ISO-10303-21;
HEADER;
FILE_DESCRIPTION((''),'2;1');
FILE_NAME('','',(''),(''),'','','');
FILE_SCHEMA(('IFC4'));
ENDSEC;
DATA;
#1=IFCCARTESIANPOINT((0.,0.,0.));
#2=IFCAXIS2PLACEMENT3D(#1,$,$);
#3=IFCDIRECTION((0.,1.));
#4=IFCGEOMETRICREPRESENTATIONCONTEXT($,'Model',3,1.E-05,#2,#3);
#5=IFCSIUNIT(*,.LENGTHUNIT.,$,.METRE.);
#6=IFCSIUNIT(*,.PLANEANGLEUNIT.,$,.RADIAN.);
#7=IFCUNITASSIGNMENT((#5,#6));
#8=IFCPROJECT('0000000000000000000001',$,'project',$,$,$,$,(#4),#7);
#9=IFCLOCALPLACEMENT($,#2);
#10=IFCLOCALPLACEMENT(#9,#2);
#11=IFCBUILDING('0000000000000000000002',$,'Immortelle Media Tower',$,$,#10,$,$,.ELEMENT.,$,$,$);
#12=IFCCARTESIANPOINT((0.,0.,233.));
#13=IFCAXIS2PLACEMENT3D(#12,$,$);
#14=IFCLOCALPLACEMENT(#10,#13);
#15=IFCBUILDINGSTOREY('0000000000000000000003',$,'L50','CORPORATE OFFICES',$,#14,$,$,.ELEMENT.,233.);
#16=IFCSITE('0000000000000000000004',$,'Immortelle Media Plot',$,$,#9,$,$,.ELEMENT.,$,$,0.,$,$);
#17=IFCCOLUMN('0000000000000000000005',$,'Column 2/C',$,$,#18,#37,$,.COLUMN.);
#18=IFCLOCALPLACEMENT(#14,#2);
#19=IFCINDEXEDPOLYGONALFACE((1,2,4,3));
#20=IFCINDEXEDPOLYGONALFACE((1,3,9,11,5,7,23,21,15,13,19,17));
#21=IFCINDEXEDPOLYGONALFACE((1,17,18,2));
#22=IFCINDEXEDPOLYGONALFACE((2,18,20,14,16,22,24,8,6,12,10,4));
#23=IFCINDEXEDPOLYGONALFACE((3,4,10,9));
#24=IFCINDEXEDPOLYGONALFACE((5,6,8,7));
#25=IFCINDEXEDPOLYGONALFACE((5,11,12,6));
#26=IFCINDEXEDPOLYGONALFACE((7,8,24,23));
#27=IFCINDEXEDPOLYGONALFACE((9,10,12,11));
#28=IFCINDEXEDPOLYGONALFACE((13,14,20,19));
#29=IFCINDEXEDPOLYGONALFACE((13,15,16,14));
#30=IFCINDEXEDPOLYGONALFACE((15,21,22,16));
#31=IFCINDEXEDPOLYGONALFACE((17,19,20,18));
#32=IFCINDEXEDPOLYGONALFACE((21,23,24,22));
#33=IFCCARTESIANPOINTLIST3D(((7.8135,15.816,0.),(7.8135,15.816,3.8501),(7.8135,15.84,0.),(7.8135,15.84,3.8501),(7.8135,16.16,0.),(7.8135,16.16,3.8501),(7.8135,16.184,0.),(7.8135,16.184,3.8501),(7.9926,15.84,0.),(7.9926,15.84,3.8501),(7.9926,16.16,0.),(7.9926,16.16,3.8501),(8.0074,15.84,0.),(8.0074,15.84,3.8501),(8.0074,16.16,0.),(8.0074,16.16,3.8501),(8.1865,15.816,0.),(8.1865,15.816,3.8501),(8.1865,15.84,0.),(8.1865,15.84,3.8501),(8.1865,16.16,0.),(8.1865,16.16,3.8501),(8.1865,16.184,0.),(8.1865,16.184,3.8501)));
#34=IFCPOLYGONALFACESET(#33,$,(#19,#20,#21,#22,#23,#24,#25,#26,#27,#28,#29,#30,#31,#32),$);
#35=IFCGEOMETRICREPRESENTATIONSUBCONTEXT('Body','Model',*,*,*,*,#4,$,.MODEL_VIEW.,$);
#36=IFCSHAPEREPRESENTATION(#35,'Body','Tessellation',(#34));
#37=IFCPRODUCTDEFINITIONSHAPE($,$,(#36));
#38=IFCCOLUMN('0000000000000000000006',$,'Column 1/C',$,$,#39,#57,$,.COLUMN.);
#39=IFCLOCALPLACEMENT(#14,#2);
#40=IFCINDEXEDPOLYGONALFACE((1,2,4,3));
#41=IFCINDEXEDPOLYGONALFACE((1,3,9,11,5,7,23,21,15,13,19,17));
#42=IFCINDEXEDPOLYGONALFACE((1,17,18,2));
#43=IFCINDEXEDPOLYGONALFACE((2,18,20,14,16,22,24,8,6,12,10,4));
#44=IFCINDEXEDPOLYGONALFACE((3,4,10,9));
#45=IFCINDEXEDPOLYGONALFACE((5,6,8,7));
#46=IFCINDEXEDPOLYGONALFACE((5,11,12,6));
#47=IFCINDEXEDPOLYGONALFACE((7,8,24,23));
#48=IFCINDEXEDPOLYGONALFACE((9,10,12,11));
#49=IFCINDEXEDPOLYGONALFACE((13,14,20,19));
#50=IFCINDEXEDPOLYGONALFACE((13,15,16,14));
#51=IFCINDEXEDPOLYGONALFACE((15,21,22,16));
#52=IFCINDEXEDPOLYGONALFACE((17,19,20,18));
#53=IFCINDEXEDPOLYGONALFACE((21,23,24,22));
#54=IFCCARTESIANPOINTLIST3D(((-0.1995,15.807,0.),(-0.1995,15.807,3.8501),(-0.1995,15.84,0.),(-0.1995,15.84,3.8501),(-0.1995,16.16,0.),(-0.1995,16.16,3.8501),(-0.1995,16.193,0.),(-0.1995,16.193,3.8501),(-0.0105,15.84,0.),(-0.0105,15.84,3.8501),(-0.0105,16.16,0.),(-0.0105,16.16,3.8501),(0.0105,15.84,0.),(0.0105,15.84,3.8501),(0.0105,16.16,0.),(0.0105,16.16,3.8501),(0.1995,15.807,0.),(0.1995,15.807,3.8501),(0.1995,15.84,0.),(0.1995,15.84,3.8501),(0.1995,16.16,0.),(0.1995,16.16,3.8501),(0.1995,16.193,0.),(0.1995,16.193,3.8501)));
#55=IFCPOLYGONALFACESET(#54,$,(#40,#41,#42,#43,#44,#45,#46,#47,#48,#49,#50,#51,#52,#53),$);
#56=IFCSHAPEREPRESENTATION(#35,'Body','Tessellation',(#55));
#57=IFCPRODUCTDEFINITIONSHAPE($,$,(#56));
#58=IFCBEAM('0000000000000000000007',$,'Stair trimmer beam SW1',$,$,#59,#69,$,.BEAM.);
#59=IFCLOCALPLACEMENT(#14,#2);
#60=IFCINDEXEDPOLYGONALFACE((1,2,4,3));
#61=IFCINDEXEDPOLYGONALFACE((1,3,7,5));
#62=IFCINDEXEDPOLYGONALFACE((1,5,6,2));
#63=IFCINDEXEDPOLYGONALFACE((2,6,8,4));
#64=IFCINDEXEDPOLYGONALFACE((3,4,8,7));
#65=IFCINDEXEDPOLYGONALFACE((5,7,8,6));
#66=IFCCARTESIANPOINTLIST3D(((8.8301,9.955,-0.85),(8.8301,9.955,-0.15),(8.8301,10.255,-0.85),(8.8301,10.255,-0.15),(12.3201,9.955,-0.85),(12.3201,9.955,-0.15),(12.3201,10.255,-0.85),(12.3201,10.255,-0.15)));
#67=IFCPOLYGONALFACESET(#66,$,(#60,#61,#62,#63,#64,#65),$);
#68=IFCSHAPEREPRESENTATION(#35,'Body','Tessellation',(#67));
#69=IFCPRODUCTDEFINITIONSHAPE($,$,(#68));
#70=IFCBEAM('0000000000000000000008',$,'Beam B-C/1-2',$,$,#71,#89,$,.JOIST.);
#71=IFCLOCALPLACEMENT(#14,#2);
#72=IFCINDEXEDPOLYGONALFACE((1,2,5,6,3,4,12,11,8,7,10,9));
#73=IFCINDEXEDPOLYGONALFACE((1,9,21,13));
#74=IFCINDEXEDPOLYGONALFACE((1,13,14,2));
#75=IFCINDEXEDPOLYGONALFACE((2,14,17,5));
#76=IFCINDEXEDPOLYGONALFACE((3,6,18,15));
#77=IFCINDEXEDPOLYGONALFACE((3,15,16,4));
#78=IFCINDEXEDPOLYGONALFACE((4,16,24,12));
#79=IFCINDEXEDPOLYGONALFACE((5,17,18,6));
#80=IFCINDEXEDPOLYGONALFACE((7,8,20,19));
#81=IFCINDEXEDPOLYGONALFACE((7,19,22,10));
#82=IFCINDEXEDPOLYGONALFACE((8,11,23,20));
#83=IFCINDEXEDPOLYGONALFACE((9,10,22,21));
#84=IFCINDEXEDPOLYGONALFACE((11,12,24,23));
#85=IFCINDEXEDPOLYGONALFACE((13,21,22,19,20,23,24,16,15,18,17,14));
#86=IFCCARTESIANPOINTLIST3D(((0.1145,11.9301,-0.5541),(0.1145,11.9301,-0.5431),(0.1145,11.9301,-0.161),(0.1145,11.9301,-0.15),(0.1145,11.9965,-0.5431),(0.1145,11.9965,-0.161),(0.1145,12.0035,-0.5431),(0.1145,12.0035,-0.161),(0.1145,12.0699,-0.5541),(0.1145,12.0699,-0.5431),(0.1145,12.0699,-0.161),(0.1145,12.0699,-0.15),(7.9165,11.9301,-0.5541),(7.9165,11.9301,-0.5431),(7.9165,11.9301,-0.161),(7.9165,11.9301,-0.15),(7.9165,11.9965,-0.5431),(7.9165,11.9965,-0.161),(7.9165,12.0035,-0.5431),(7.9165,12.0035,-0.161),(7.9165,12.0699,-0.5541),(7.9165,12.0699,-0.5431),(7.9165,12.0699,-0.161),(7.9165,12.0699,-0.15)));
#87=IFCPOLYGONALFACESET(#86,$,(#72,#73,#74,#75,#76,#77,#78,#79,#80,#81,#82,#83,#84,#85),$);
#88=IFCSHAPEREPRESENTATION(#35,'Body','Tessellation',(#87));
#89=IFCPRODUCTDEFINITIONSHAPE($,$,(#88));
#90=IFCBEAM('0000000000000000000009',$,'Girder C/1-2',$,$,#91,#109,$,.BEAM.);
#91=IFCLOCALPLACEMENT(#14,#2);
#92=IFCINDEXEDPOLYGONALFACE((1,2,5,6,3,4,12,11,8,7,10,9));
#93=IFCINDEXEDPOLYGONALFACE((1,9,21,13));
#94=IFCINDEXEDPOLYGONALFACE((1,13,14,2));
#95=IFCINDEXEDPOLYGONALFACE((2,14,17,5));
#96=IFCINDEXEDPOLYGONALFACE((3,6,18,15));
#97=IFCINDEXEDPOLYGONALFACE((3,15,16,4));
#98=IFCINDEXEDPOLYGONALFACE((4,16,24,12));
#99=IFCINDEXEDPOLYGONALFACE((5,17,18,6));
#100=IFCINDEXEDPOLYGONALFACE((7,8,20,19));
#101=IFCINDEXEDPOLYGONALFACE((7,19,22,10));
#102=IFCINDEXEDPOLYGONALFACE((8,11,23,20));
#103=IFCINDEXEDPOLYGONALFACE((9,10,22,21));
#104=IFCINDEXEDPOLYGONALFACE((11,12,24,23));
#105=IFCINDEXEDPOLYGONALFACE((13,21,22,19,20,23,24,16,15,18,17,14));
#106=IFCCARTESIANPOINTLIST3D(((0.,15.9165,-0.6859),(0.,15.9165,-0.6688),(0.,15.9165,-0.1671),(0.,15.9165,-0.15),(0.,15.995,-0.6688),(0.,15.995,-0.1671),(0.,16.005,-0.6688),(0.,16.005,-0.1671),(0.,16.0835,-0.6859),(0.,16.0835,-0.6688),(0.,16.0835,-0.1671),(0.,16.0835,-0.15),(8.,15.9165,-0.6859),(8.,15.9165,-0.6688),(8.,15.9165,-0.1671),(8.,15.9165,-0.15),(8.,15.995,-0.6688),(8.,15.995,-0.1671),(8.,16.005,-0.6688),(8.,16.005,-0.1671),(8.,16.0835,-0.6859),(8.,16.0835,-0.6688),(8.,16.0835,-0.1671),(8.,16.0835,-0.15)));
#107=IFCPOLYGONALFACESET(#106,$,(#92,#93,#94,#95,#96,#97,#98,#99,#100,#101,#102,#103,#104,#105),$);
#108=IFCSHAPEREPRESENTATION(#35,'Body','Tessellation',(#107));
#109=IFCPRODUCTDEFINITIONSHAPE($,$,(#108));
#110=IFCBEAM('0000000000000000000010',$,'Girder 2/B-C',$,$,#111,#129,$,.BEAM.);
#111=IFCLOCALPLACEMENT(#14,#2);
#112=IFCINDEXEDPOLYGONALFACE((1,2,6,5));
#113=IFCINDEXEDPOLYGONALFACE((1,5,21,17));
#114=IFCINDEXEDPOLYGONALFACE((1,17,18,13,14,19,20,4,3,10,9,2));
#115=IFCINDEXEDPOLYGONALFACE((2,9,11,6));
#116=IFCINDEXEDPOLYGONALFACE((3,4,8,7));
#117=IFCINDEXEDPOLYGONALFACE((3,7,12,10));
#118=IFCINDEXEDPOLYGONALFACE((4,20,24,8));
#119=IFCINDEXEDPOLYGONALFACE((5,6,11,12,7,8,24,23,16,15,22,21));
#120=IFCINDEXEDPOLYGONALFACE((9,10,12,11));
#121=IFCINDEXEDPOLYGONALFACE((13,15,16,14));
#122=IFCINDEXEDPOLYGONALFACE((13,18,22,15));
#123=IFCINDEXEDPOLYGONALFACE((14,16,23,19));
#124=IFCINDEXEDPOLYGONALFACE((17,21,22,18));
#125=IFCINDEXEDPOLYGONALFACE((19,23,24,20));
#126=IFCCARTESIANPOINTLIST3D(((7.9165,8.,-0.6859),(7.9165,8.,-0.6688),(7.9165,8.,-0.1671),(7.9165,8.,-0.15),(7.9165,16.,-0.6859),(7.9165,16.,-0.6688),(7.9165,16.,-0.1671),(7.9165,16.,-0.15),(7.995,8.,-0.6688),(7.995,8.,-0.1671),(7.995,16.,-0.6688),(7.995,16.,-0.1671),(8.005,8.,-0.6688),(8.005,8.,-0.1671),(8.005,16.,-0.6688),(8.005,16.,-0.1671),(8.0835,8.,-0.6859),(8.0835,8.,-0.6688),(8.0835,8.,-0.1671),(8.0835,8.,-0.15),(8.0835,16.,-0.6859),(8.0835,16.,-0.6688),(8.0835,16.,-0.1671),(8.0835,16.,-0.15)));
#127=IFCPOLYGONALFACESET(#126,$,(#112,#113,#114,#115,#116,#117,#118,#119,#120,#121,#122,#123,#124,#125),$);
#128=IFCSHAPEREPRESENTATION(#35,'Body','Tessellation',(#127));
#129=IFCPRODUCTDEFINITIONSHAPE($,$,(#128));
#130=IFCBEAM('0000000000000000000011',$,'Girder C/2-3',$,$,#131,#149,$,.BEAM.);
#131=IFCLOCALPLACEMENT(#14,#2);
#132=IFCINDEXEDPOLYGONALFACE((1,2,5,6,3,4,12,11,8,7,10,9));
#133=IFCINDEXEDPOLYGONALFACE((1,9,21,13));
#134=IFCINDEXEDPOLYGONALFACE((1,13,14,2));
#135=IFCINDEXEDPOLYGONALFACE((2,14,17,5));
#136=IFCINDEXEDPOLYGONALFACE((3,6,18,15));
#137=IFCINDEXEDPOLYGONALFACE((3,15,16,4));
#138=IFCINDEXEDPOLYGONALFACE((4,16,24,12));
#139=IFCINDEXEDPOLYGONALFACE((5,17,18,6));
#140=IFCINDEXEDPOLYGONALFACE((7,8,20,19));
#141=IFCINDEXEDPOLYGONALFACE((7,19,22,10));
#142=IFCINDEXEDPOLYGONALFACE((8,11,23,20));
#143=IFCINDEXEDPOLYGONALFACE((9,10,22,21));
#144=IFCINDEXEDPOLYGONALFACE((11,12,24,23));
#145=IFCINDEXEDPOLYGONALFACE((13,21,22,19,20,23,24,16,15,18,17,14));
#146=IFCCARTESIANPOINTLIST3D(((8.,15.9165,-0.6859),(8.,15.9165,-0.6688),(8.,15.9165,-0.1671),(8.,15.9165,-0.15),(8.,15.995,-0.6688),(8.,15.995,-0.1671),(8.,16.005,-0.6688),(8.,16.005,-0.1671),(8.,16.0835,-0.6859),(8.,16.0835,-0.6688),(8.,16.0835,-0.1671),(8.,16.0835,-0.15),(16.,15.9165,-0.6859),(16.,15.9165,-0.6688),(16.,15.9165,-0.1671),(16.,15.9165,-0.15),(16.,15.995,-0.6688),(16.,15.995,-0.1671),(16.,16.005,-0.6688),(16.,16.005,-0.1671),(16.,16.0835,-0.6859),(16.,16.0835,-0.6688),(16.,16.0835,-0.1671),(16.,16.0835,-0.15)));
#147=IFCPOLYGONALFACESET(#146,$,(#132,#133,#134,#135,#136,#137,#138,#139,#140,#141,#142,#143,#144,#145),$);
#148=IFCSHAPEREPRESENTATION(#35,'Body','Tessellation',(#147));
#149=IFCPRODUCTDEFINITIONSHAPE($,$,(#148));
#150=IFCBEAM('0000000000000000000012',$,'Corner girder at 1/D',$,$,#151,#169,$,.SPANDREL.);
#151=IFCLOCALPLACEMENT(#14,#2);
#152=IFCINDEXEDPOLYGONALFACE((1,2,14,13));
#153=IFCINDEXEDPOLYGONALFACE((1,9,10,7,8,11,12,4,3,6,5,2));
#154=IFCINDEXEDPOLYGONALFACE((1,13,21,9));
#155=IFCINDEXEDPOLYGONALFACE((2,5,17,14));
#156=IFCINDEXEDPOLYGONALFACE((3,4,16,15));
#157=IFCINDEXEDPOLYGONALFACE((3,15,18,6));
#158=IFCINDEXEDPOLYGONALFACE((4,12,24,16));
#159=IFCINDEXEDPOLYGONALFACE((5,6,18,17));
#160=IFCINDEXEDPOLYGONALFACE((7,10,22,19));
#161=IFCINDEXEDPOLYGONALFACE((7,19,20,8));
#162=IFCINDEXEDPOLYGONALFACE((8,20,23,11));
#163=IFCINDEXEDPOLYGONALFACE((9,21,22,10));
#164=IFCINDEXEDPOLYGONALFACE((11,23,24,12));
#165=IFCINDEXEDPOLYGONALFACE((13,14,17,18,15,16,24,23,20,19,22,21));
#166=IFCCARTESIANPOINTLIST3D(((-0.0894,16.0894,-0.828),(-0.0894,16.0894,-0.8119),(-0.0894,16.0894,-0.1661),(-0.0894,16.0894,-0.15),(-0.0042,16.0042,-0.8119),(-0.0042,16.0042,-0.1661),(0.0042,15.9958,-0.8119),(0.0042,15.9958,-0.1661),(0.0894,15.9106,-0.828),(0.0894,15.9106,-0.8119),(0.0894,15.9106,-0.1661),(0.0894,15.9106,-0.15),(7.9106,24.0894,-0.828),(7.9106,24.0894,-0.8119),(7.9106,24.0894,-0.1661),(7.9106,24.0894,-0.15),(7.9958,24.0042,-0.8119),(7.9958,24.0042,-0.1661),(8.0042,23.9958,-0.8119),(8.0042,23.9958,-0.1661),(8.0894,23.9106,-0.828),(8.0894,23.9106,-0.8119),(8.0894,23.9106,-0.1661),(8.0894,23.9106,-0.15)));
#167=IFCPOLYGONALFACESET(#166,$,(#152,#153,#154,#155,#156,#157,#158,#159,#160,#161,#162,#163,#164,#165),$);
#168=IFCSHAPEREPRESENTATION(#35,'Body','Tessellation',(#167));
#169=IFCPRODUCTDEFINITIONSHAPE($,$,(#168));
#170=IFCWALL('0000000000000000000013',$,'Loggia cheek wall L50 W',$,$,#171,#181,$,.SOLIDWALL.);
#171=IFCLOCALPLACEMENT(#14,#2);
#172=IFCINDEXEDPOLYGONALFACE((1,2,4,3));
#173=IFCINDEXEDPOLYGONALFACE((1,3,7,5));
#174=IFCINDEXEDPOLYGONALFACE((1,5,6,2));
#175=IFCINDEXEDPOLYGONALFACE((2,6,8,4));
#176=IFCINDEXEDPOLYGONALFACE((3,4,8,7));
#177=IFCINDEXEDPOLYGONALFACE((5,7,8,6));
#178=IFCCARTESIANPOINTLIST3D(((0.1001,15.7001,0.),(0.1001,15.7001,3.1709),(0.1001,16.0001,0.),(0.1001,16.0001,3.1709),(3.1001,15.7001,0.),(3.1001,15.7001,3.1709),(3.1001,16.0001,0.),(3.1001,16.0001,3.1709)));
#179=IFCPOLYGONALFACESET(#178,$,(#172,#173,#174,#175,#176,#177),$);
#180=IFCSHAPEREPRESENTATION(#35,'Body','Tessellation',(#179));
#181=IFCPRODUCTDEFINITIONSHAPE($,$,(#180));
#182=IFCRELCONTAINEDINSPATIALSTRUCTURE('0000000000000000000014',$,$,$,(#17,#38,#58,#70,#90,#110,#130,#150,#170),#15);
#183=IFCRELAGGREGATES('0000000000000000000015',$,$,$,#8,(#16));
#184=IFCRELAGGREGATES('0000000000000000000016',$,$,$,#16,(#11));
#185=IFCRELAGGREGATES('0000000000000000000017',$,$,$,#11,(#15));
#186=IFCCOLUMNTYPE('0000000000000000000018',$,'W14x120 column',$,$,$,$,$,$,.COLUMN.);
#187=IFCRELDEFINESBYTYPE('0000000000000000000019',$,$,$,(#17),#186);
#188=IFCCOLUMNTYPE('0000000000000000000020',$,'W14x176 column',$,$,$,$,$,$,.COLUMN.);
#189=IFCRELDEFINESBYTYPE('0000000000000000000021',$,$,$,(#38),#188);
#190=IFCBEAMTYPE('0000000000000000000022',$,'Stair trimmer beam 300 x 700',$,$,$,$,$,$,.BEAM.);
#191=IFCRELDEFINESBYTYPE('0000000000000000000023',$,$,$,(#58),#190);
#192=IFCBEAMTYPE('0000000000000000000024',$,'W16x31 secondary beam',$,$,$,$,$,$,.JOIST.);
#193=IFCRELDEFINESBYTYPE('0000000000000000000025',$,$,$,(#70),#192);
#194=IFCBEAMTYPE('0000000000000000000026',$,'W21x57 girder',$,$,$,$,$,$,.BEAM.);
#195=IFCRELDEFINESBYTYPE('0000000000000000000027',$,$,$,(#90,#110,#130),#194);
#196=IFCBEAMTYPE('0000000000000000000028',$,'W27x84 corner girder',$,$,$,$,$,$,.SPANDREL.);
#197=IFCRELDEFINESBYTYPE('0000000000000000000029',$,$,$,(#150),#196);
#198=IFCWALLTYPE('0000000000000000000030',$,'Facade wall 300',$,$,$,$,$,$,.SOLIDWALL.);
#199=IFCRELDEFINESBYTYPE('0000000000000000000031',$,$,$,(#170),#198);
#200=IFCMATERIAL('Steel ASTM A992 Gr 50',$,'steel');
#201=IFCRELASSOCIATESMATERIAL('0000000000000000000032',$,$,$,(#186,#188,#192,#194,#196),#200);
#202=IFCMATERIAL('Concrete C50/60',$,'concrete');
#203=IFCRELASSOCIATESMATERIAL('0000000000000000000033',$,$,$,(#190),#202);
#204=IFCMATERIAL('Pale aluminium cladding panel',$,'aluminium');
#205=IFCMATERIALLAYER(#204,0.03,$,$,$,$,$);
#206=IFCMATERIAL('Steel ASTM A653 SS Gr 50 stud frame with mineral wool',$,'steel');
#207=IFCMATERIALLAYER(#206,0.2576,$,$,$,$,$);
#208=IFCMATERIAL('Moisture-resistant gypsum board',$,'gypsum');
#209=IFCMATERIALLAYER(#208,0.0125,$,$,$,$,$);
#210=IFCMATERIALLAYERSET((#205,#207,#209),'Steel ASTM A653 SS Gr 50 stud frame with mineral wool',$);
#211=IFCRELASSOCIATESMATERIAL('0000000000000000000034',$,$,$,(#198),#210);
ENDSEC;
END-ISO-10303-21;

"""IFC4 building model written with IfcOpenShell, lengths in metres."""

from ifc_helpers import new_model, si_unit, direction, frame, frame_2d, origin, origin_2d, place, context, subcontext, project, spatial, rectangle, i_section, extrude, material, layer, layer_set, material_profile, profile_set, type_object, element, save


model = new_model("IFC4")

# Units and contexts
model_context = context("Model", 3, precision=1e-05, world=origin(), true_north=direction((0.0, 1.0)))
body_context = subcontext(model_context, "Body", "Model", "MODEL_VIEW")
ifc_project = project(units=[si_unit("LENGTHUNIT", "METRE"), si_unit("PLANEANGLEUNIT", "RADIAN")], contexts=[model_context])

# Site, building, storey
site_placement = place(None, origin())
site = spatial("IfcSite", under=ifc_project, at=site_placement, Name="Immortelle Media Plot", CompositionType="ELEMENT", RefElevation=0.0)
building_placement = place(site_placement, origin())
building = spatial("IfcBuilding", under=site, at=building_placement, Name="Immortelle Media Tower", CompositionType="ELEMENT")
storey_placement = place(building_placement, frame((0.0, 0.0, 233.0)))
storey = spatial("IfcBuildingStorey", under=building, at=storey_placement, Name="L50", Description="CORPORATE OFFICES", CompositionType="ELEMENT", Elevation=233.0)

# Columns
ifc_material_1 = material(Name="Steel ASTM A992 Gr 50", Category="steel")
ifc_material_profile_1 = material_profile(ifc_material_1, i_section(OverallWidth=0.373, OverallDepth=0.3679, WebThickness=0.0149, FlangeThickness=0.0239, at=origin_2d()), Name="W14x120")
ifc_profile_set_1 = profile_set([ifc_material_profile_1], Name="Steel ASTM A992 Gr 50")
column_type_1 = type_object("IfcColumnType", Name="W14x120 column", PredefinedType="COLUMN", material=ifc_profile_set_1)
column_1_placement = place(storey_placement, frame((8.0, 16.0, 0.0), z_axis=(0.0, 0.0, 1.0), x_axis=(1.0, 0.0, 0.0)))
element("IfcColumn", 1, at=column_1_placement, inside=storey, type_object=column_type_1, Name="Column 2/C", PredefinedType="COLUMN", context=body_context, shape_type="SweptSolid", body=[
    extrude(i_section(OverallWidth=0.373, OverallDepth=0.3679, WebThickness=0.0149, FlangeThickness=0.0239, at=origin_2d()), origin(), (0.0, 0.0, 1.0), 3.8501),
])
ifc_material_profile_2 = material_profile(ifc_material_1, i_section(OverallWidth=0.3989, OverallDepth=0.386, WebThickness=0.021, FlangeThickness=0.033, at=origin_2d()), Name="W14x176")
ifc_profile_set_2 = profile_set([ifc_material_profile_2], Name="Steel ASTM A992 Gr 50")
column_type_2 = type_object("IfcColumnType", Name="W14x176 column", PredefinedType="COLUMN", material=ifc_profile_set_2)
column_2_placement = place(storey_placement, frame((0.0, 16.0, 0.0), z_axis=(0.0, 0.0, 1.0), x_axis=(1.0, 0.0, 0.0)))
element("IfcColumn", 2, at=column_2_placement, inside=storey, type_object=column_type_2, Name="Column 1/C", PredefinedType="COLUMN", context=body_context, shape_type="SweptSolid", body=[
    extrude(i_section(OverallWidth=0.3989, OverallDepth=0.386, WebThickness=0.021, FlangeThickness=0.033, at=origin_2d()), origin(), (0.0, 0.0, 1.0), 3.8501),
])

# Beams
ifc_material_2 = material(Name="Concrete C50/60", Category="concrete")
ifc_material_profile_3 = material_profile(ifc_material_2, rectangle(XDim=0.3, YDim=0.7, at=origin_2d()), Name="RC 300x700")
ifc_profile_set_3 = profile_set([ifc_material_profile_3], Name="Concrete C50/60")
beam_type_1 = type_object("IfcBeamType", Name="Stair trimmer beam 300 x 700", PredefinedType="BEAM", material=ifc_profile_set_3)
beam_1_placement = place(storey_placement, frame((8.8301, 10.105, -0.5), z_axis=(1.0, 0.0, 0.0), x_axis=(0.0, 1.0, 0.0)))
element("IfcBeam", 3, at=beam_1_placement, inside=storey, type_object=beam_type_1, Name="Stair trimmer beam SW1", PredefinedType="BEAM", context=body_context, shape_type="SweptSolid", body=[
    extrude(rectangle(XDim=0.3, YDim=0.7, at=origin_2d()), origin(), (0.0, 0.0, 1.0), 3.49),
])
ifc_material_profile_4 = material_profile(ifc_material_1, i_section(OverallWidth=0.1399, OverallDepth=0.4041, WebThickness=0.0071, FlangeThickness=0.011, at=origin_2d()), Name="W16x31")
ifc_profile_set_4 = profile_set([ifc_material_profile_4], Name="Steel ASTM A992 Gr 50")
beam_type_2 = type_object("IfcBeamType", Name="W16x31 secondary beam", PredefinedType="JOIST", material=ifc_profile_set_4)
beam_2_placement = place(storey_placement, frame((0.1145, 12.0, -0.3521), z_axis=(1.0, 0.0, 0.0), x_axis=(0.0, 1.0, 0.0)))
element("IfcBeam", 4, at=beam_2_placement, inside=storey, type_object=beam_type_2, Name="Beam B-C/1-2", PredefinedType="JOIST", context=body_context, shape_type="SweptSolid", body=[
    extrude(i_section(OverallWidth=0.1399, OverallDepth=0.4041, WebThickness=0.0071, FlangeThickness=0.011, at=origin_2d()), origin(), (0.0, 0.0, 1.0), 7.802),
])
ifc_material_profile_5 = material_profile(ifc_material_1, i_section(OverallWidth=0.167, OverallDepth=0.5359, WebThickness=0.01, FlangeThickness=0.0171, at=origin_2d()), Name="W21x57")
ifc_profile_set_5 = profile_set([ifc_material_profile_5], Name="Steel ASTM A992 Gr 50")
beam_type_3 = type_object("IfcBeamType", Name="W21x57 girder", PredefinedType="BEAM", material=ifc_profile_set_5)
for number, where, z_axis, x_axis, name in (
    (5, (0.0, 16.0, -0.418), (1.0, 0.0, 0.0), (0.0, 1.0, 0.0), "Girder C/1-2"),
    (6, (8.0, 8.0, -0.418), (0.0, 1.0, 0.0), (-1.0, 0.0, 0.0), "Girder 2/B-C"),
    (7, (8.0, 16.0, -0.418), (1.0, 0.0, 0.0), (0.0, 1.0, 0.0), "Girder C/2-3"),
):
    element("IfcBeam", number, at=place(storey_placement, frame(where, z_axis=z_axis, x_axis=x_axis)), inside=storey, type_object=beam_type_3, Name=name, PredefinedType="BEAM", context=body_context, shape_type="SweptSolid", body=[
        extrude(i_section(OverallWidth=0.167, OverallDepth=0.5359, WebThickness=0.01, FlangeThickness=0.0171, at=origin_2d()), origin(), (0.0, 0.0, 1.0), 8.0),
    ])
ifc_material_profile_6 = material_profile(ifc_material_1, i_section(OverallWidth=0.2529, OverallDepth=0.678, WebThickness=0.012, FlangeThickness=0.0161, at=origin_2d()), Name="W27x84")
ifc_profile_set_6 = profile_set([ifc_material_profile_6], Name="Steel ASTM A992 Gr 50")
beam_type_4 = type_object("IfcBeamType", Name="W27x84 corner girder", PredefinedType="SPANDREL", material=ifc_profile_set_6)
beam_3_placement = place(storey_placement, frame((0.0, 16.0, -0.489), z_axis=(0.707107, 0.707107, 0.0), x_axis=(-0.707107, 0.707107, 0.0)))
element("IfcBeam", 8, at=beam_3_placement, inside=storey, type_object=beam_type_4, Name="Corner girder at 1/D", PredefinedType="SPANDREL", context=body_context, shape_type="SweptSolid", body=[
    extrude(i_section(OverallWidth=0.2529, OverallDepth=0.678, WebThickness=0.012, FlangeThickness=0.0161, at=origin_2d()), origin(), (0.0, 0.0, 1.0), 11.3137),
])

# Shared definitions
ifc_material_3 = material(Name="Pale aluminium cladding panel", Category="aluminium")
ifc_layer_1 = layer(ifc_material_3, 0.03)
ifc_material_4 = material(Name="Steel ASTM A653 SS Gr 50 stud frame with mineral wool", Category="steel")
ifc_layer_2 = layer(ifc_material_4, 0.2576)
ifc_material_5 = material(Name="Moisture-resistant gypsum board", Category="gypsum")
ifc_layer_3 = layer(ifc_material_5, 0.0125)
ifc_layer_set_1 = layer_set([ifc_layer_1, ifc_layer_2, ifc_layer_3], Name="Steel ASTM A653 SS Gr 50 stud frame with mineral wool")
wall_type_1 = type_object("IfcWallType", Name="Facade wall 300", PredefinedType="SOLIDWALL", material=ifc_layer_set_1)

# Wall
for number, where, z_axis, x_axis, name in (
    (9, (0.1001, 15.8501, 0.0), (0.0, 0.0, 1.0), (1.0, 0.0, 0.0), "Loggia cheek wall L50 W"),
):
    element("IfcWall", number, at=place(storey_placement, frame(where, z_axis=z_axis, x_axis=x_axis)), inside=storey, type_object=wall_type_1, Name=name, PredefinedType="SOLIDWALL", context=body_context, shape_type="SweptSolid", body=[
        extrude(rectangle(XDim=3.0, YDim=0.3, at=frame_2d((1.5, 0.0))), origin(), (0.0, 0.0, 1.0), 3.1709),
    ])

save(model, "model.ifc")
